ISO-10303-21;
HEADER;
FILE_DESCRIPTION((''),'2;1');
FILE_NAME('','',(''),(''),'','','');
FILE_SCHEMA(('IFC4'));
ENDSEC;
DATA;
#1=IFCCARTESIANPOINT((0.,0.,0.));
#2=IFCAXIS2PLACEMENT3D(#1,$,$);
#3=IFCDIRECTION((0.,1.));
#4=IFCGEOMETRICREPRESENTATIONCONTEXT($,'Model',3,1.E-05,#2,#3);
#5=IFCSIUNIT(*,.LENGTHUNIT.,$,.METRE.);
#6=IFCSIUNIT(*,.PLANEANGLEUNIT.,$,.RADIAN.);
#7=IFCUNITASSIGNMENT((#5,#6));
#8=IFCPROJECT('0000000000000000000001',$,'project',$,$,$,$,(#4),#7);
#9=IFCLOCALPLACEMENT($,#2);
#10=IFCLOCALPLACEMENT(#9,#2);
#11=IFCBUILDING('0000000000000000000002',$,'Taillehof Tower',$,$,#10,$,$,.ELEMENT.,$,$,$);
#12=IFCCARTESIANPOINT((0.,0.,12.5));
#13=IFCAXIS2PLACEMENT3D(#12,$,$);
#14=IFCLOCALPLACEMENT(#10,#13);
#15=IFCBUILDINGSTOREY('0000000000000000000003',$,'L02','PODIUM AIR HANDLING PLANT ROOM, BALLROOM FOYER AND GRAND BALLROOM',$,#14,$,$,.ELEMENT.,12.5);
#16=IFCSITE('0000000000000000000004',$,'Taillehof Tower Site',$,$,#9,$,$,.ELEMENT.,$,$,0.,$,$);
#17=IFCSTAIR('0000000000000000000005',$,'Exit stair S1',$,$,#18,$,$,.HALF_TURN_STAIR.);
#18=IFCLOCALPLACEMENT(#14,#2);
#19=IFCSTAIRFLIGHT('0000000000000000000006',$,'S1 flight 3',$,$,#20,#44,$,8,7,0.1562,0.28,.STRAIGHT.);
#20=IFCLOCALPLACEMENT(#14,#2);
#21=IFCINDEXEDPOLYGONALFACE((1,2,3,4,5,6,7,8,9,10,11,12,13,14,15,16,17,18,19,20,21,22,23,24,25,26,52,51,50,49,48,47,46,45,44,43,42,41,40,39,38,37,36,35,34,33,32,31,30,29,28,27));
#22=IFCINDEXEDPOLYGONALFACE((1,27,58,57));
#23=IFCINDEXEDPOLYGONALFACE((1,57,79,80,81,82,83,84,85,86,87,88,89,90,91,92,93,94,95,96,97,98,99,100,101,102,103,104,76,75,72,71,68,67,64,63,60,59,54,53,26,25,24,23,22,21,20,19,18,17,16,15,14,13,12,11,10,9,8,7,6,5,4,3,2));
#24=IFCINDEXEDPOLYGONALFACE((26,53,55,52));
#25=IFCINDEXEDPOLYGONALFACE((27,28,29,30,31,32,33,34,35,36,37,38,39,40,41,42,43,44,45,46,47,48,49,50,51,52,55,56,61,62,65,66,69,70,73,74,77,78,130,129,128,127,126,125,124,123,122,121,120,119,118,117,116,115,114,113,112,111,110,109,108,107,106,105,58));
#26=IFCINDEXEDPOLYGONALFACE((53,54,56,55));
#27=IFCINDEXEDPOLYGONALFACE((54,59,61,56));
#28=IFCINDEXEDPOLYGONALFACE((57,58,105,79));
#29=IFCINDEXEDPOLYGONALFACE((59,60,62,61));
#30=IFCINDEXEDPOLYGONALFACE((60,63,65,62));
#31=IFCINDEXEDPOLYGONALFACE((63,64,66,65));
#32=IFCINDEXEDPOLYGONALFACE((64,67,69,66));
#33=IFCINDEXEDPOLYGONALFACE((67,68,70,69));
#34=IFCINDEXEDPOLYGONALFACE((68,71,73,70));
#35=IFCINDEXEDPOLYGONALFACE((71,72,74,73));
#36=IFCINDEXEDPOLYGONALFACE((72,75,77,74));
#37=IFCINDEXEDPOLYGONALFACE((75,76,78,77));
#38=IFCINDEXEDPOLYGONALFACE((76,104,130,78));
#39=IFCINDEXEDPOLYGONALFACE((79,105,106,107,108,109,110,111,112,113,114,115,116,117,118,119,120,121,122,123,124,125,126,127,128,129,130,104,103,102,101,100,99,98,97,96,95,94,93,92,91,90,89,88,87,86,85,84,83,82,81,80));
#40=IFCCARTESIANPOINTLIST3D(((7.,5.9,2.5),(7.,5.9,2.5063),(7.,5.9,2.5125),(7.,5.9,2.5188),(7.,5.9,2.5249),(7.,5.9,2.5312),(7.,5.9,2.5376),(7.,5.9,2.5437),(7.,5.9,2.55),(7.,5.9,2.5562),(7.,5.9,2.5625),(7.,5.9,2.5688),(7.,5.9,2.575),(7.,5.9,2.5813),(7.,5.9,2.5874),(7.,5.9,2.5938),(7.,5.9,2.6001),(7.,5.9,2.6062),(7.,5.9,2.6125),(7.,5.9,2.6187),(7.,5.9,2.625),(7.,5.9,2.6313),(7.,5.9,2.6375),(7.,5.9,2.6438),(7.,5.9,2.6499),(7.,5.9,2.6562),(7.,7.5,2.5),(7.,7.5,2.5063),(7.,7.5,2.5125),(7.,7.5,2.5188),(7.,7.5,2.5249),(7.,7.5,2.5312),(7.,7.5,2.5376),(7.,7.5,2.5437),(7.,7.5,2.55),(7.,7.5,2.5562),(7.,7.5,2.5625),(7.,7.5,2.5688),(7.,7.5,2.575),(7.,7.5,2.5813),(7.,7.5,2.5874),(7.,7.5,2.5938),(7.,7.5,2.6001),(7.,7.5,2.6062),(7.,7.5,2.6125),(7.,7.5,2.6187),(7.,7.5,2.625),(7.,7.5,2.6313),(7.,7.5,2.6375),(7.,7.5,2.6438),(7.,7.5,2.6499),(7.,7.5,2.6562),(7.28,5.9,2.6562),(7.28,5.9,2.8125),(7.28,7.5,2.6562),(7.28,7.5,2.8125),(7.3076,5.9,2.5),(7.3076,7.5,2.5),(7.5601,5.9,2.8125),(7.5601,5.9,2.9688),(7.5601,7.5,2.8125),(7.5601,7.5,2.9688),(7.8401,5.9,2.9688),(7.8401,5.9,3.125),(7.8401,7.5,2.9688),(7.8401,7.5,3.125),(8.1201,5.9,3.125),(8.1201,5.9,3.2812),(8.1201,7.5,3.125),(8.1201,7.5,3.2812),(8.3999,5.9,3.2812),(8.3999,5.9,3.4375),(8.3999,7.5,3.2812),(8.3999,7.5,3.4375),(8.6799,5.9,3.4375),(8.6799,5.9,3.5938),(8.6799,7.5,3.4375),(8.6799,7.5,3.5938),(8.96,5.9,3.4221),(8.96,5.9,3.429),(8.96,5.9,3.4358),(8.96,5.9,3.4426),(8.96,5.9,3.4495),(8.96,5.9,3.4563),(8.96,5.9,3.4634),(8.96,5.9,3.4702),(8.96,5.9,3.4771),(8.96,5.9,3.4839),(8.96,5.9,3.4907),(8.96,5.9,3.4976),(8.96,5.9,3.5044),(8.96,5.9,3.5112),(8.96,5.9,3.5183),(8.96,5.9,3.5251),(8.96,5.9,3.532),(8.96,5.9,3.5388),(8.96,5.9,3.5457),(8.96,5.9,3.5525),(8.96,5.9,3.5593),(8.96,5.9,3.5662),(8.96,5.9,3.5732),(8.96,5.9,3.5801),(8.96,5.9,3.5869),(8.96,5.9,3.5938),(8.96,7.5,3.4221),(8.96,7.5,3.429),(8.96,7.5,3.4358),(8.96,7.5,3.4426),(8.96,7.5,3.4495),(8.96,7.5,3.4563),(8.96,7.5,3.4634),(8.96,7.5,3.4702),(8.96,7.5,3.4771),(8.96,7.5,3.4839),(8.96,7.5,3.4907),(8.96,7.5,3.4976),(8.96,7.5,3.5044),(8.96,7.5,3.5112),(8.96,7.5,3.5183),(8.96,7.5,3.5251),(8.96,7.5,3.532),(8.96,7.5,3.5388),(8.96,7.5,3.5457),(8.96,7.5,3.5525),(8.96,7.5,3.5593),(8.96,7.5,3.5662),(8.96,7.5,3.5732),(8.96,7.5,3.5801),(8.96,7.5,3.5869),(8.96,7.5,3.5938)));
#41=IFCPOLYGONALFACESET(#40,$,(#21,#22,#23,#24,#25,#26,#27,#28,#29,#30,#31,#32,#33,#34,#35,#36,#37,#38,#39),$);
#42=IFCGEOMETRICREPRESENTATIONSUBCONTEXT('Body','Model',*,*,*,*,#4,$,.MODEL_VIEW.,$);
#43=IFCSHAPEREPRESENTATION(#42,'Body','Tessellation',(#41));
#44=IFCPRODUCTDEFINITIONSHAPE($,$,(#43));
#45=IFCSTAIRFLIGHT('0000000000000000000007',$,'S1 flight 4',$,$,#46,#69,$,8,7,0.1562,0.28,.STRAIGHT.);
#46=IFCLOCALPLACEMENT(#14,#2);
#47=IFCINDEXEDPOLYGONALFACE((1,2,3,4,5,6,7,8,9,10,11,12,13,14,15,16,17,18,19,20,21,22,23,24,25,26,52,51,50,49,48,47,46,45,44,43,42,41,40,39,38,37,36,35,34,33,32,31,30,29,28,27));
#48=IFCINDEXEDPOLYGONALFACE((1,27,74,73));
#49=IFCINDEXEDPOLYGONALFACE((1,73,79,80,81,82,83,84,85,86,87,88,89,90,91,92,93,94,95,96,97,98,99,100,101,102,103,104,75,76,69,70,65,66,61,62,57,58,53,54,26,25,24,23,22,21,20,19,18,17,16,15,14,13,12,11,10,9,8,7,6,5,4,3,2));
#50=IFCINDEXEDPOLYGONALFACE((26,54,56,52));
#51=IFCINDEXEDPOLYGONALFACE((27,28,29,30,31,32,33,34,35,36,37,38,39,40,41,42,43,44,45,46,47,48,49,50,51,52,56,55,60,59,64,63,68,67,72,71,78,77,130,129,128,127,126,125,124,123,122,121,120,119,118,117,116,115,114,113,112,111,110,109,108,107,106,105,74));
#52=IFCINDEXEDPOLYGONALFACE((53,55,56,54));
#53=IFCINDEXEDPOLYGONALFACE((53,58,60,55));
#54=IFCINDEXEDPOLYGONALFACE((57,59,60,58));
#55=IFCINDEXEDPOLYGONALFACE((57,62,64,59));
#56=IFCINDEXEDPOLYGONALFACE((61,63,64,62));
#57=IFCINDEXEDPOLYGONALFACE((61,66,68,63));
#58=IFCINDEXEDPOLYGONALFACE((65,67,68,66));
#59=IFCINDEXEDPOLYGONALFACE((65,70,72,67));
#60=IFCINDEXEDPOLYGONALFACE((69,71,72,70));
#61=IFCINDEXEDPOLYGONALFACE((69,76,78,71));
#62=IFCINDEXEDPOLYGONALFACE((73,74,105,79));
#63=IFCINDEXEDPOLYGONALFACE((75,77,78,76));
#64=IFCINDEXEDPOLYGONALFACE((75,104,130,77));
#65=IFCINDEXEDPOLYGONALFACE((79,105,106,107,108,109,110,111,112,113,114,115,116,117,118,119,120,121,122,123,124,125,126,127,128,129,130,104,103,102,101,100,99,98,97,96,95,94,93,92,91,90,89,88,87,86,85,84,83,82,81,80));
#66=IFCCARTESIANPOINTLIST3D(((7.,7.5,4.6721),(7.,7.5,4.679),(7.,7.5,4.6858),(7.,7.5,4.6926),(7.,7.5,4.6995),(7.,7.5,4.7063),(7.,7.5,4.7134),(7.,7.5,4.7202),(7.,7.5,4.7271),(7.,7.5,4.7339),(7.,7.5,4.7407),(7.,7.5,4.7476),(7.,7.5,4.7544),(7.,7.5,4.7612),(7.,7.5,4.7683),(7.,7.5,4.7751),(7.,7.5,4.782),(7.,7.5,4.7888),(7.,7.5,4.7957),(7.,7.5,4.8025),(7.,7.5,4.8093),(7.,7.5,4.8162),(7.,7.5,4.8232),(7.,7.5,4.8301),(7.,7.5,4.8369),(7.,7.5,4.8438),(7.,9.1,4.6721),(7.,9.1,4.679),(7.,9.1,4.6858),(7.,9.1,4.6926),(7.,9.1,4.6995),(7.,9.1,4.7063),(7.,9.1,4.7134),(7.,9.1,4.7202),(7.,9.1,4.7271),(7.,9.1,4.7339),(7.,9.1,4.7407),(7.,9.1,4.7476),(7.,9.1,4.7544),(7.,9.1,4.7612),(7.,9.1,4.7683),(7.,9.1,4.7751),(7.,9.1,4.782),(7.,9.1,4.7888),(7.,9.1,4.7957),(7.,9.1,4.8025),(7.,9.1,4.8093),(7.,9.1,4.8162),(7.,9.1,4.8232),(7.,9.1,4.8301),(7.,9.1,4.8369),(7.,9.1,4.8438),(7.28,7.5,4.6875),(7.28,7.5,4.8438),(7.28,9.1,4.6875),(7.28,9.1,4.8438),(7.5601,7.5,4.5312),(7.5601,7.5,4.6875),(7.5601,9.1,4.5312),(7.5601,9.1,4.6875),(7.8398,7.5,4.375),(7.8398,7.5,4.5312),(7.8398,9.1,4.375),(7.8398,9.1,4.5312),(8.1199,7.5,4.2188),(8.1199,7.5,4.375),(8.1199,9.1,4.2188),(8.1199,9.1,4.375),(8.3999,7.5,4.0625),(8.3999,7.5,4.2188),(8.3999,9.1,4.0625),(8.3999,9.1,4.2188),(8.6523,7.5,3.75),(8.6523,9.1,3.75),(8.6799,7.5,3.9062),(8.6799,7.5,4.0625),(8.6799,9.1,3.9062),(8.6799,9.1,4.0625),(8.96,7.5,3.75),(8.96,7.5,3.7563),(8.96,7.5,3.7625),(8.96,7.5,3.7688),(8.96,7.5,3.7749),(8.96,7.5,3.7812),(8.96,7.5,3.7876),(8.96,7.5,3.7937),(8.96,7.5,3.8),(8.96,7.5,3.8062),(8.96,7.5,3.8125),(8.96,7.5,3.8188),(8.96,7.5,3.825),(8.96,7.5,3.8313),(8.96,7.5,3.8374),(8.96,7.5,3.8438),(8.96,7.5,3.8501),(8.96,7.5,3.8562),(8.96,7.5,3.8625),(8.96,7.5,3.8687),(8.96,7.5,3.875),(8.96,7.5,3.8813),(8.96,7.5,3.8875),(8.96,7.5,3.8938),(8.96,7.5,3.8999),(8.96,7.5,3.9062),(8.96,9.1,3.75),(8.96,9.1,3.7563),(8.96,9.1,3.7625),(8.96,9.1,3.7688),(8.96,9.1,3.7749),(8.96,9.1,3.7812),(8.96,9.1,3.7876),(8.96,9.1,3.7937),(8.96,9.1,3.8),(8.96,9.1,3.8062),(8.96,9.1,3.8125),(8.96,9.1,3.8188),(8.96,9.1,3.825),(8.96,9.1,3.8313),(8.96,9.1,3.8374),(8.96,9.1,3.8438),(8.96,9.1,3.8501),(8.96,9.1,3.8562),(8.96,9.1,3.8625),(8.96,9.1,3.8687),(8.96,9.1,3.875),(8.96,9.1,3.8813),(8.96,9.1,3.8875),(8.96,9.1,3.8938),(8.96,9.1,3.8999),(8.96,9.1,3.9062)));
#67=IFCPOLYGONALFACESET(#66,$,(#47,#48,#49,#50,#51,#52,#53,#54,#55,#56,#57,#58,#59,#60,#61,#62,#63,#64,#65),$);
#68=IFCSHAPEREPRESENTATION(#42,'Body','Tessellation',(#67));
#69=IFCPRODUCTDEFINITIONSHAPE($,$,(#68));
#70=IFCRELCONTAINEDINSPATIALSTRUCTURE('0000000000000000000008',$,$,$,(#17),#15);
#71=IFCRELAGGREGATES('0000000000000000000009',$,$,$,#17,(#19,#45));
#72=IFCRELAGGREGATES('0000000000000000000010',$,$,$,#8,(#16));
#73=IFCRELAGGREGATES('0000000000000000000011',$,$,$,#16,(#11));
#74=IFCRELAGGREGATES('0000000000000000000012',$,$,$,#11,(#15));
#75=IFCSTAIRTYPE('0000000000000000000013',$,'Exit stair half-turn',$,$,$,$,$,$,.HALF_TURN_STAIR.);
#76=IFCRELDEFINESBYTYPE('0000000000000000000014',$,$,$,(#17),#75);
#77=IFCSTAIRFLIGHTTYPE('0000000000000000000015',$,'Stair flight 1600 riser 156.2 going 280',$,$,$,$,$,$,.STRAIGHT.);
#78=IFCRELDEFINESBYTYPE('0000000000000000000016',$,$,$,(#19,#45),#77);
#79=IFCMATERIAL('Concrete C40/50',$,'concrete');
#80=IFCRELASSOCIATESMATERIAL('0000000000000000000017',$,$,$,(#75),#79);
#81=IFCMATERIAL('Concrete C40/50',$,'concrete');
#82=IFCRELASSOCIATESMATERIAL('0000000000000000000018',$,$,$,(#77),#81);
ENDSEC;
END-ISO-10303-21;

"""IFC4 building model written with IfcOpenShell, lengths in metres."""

from ifc_helpers import new_model, si_unit, direction, frame, origin, place, context, subcontext, project, spatial, polyline, outline, extrude, material, type_object, element, aggregate, save


model = new_model("IFC4")

# Units and contexts
model_context = context("Model", 3, precision=1e-05, world=origin(), true_north=direction((0.0, 1.0)))
body_context = subcontext(model_context, "Body", "Model", "MODEL_VIEW")
ifc_project = project(units=[si_unit("LENGTHUNIT", "METRE"), si_unit("PLANEANGLEUNIT", "RADIAN")], contexts=[model_context])

# Site, building, storey
site_placement = place(None, origin())
site = spatial("IfcSite", under=ifc_project, at=site_placement, Name="Taillehof Tower Site", CompositionType="ELEMENT", RefElevation=0.0)
building_placement = place(site_placement, origin())
building = spatial("IfcBuilding", under=site, at=building_placement, Name="Taillehof Tower", CompositionType="ELEMENT")
storey_placement = place(building_placement, frame((0.0, 0.0, 12.5)))
storey = spatial("IfcBuildingStorey", under=building, at=storey_placement, Name="L02", Description="PODIUM AIR HANDLING PLANT ROOM, BALLROOM FOYER AND GRAND BALLROOM", CompositionType="ELEMENT", Elevation=12.5)

# Stair, stair flights
ifc_material_1 = material(Name="Concrete C40/50", Category="concrete")
stair_type_1 = type_object("IfcStairType", Name="Exit stair half-turn", PredefinedType="HALF_TURN_STAIR", material=ifc_material_1)
stair_1_placement = place(storey_placement, origin())
stair_1 = element("IfcStair", 1, at=stair_1_placement, inside=storey, type_object=stair_type_1, Name="Exit stair S1", PredefinedType="HALF_TURN_STAIR")
ifc_material_2 = material(Name="Concrete C40/50", Category="concrete")
stair_flight_type_1 = type_object("IfcStairFlightType", Name="Stair flight 1600 riser 156.2 going 280", PredefinedType="STRAIGHT", material=ifc_material_2)
stair_flight_1_placement = place(storey_placement, frame((7.0, 6.7, 2.5), z_axis=(0.0, 0.0, 1.0), x_axis=(1.0, 0.0, 0.0)))
stair_flight_1 = element("IfcStairFlight", 2, at=stair_flight_1_placement, type_object=stair_flight_type_1, Name="S1 flight 3", NumberOfRisers=8, NumberOfTreads=7, PredefinedType="STRAIGHT", RiserHeight=0.1562, TreadLength=0.28, context=body_context, shape_type="SweptSolid", body=[
    extrude(outline(polyline([(0.0, 0.0), (0.0, 0.0063), (0.0, 0.0125), (0.0, 0.0188), (0.0, 0.0249), (0.0, 0.0312), (0.0, 0.0376), (0.0, 0.0437), (0.0, 0.05), (0.0, 0.0562), (0.0, 0.0625), (0.0, 0.0688), (0.0, 0.075), (0.0, 0.0813), (0.0, 0.0874), (0.0, 0.0938), (0.0, 0.1001), (0.0, 0.1062), (0.0, 0.1125), (0.0, 0.1187), (0.0, 0.125), (0.0, 0.1313), (0.0, 0.1375), (0.0, 0.1438), (0.0, 0.1499), (0.0, 0.1562), (0.28, 0.1562), (0.28, 0.3125), (0.5601, 0.3125), (0.5601, 0.4688), (0.8401, 0.4688), (0.8401, 0.625), (1.1201, 0.625), (1.1201, 0.7812), (1.3999, 0.7812), (1.3999, 0.9375), (1.6799, 0.9375), (1.6799, 1.0938), (1.96, 1.0938), (1.96, 1.0869), (1.96, 1.0801), (1.96, 1.0732), (1.96, 1.0662), (1.96, 1.0593), (1.96, 1.0525), (1.96, 1.0457), (1.96, 1.0388), (1.96, 1.032), (1.96, 1.0251), (1.96, 1.0183), (1.96, 1.0112), (1.96, 1.0044), (1.96, 0.9976), (1.96, 0.9907), (1.96, 0.9839), (1.96, 0.9771), (1.96, 0.9702), (1.96, 0.9634), (1.96, 0.9563), (1.96, 0.9495), (1.96, 0.9426), (1.96, 0.9358), (1.96, 0.929), (1.96, 0.9221), (0.3076, 0.0), (0.0, 0.0)])), frame((0.0, 0.8, 0.0), z_axis=(0.0, -1.0, 0.0), x_axis=(1.0, 0.0, 0.0)), (0.0, 0.0, 1.0), 1.6),
])
stair_flight_2_placement = place(storey_placement, frame((8.96, 8.3, 3.75), z_axis=(0.0, 0.0, 1.0), x_axis=(-1.0, 0.0, 0.0)))
stair_flight_2 = element("IfcStairFlight", 3, at=stair_flight_2_placement, type_object=stair_flight_type_1, Name="S1 flight 4", NumberOfRisers=8, NumberOfTreads=7, PredefinedType="STRAIGHT", RiserHeight=0.1562, TreadLength=0.28, context=body_context, shape_type="SweptSolid", body=[
    extrude(outline(polyline([(0.0, 0.0), (0.0, 0.0063), (0.0, 0.0125), (0.0, 0.0188), (0.0, 0.0249), (0.0, 0.0312), (0.0, 0.0376), (0.0, 0.0437), (0.0, 0.05), (0.0, 0.0562), (0.0, 0.0625), (0.0, 0.0688), (0.0, 0.075), (0.0, 0.0813), (0.0, 0.0874), (0.0, 0.0938), (0.0, 0.1001), (0.0, 0.1062), (0.0, 0.1125), (0.0, 0.1187), (0.0, 0.125), (0.0, 0.1313), (0.0, 0.1375), (0.0, 0.1438), (0.0, 0.1499), (0.0, 0.1562), (0.28, 0.1562), (0.28, 0.3125), (0.5601, 0.3125), (0.5601, 0.4688), (0.8401, 0.4688), (0.8401, 0.625), (1.1201, 0.625), (1.1201, 0.7812), (1.3999, 0.7812), (1.3999, 0.9375), (1.6799, 0.9375), (1.6799, 1.0938), (1.96, 1.0938), (1.96, 1.0869), (1.96, 1.0801), (1.96, 1.0732), (1.96, 1.0662), (1.96, 1.0593), (1.96, 1.0525), (1.96, 1.0457), (1.96, 1.0388), (1.96, 1.032), (1.96, 1.0251), (1.96, 1.0183), (1.96, 1.0112), (1.96, 1.0044), (1.96, 0.9976), (1.96, 0.9907), (1.96, 0.9839), (1.96, 0.9771), (1.96, 0.9702), (1.96, 0.9634), (1.96, 0.9563), (1.96, 0.9495), (1.96, 0.9426), (1.96, 0.9358), (1.96, 0.929), (1.96, 0.9221), (0.3076, 0.0), (0.0, 0.0)])), frame((0.0, 0.8, 0.0), z_axis=(0.0, -1.0, 0.0), x_axis=(1.0, 0.0, 0.0)), (0.0, 0.0, 1.0), 1.6),
])
aggregate(stair_1, [stair_flight_1, stair_flight_2])

save(model, "model.ifc")
